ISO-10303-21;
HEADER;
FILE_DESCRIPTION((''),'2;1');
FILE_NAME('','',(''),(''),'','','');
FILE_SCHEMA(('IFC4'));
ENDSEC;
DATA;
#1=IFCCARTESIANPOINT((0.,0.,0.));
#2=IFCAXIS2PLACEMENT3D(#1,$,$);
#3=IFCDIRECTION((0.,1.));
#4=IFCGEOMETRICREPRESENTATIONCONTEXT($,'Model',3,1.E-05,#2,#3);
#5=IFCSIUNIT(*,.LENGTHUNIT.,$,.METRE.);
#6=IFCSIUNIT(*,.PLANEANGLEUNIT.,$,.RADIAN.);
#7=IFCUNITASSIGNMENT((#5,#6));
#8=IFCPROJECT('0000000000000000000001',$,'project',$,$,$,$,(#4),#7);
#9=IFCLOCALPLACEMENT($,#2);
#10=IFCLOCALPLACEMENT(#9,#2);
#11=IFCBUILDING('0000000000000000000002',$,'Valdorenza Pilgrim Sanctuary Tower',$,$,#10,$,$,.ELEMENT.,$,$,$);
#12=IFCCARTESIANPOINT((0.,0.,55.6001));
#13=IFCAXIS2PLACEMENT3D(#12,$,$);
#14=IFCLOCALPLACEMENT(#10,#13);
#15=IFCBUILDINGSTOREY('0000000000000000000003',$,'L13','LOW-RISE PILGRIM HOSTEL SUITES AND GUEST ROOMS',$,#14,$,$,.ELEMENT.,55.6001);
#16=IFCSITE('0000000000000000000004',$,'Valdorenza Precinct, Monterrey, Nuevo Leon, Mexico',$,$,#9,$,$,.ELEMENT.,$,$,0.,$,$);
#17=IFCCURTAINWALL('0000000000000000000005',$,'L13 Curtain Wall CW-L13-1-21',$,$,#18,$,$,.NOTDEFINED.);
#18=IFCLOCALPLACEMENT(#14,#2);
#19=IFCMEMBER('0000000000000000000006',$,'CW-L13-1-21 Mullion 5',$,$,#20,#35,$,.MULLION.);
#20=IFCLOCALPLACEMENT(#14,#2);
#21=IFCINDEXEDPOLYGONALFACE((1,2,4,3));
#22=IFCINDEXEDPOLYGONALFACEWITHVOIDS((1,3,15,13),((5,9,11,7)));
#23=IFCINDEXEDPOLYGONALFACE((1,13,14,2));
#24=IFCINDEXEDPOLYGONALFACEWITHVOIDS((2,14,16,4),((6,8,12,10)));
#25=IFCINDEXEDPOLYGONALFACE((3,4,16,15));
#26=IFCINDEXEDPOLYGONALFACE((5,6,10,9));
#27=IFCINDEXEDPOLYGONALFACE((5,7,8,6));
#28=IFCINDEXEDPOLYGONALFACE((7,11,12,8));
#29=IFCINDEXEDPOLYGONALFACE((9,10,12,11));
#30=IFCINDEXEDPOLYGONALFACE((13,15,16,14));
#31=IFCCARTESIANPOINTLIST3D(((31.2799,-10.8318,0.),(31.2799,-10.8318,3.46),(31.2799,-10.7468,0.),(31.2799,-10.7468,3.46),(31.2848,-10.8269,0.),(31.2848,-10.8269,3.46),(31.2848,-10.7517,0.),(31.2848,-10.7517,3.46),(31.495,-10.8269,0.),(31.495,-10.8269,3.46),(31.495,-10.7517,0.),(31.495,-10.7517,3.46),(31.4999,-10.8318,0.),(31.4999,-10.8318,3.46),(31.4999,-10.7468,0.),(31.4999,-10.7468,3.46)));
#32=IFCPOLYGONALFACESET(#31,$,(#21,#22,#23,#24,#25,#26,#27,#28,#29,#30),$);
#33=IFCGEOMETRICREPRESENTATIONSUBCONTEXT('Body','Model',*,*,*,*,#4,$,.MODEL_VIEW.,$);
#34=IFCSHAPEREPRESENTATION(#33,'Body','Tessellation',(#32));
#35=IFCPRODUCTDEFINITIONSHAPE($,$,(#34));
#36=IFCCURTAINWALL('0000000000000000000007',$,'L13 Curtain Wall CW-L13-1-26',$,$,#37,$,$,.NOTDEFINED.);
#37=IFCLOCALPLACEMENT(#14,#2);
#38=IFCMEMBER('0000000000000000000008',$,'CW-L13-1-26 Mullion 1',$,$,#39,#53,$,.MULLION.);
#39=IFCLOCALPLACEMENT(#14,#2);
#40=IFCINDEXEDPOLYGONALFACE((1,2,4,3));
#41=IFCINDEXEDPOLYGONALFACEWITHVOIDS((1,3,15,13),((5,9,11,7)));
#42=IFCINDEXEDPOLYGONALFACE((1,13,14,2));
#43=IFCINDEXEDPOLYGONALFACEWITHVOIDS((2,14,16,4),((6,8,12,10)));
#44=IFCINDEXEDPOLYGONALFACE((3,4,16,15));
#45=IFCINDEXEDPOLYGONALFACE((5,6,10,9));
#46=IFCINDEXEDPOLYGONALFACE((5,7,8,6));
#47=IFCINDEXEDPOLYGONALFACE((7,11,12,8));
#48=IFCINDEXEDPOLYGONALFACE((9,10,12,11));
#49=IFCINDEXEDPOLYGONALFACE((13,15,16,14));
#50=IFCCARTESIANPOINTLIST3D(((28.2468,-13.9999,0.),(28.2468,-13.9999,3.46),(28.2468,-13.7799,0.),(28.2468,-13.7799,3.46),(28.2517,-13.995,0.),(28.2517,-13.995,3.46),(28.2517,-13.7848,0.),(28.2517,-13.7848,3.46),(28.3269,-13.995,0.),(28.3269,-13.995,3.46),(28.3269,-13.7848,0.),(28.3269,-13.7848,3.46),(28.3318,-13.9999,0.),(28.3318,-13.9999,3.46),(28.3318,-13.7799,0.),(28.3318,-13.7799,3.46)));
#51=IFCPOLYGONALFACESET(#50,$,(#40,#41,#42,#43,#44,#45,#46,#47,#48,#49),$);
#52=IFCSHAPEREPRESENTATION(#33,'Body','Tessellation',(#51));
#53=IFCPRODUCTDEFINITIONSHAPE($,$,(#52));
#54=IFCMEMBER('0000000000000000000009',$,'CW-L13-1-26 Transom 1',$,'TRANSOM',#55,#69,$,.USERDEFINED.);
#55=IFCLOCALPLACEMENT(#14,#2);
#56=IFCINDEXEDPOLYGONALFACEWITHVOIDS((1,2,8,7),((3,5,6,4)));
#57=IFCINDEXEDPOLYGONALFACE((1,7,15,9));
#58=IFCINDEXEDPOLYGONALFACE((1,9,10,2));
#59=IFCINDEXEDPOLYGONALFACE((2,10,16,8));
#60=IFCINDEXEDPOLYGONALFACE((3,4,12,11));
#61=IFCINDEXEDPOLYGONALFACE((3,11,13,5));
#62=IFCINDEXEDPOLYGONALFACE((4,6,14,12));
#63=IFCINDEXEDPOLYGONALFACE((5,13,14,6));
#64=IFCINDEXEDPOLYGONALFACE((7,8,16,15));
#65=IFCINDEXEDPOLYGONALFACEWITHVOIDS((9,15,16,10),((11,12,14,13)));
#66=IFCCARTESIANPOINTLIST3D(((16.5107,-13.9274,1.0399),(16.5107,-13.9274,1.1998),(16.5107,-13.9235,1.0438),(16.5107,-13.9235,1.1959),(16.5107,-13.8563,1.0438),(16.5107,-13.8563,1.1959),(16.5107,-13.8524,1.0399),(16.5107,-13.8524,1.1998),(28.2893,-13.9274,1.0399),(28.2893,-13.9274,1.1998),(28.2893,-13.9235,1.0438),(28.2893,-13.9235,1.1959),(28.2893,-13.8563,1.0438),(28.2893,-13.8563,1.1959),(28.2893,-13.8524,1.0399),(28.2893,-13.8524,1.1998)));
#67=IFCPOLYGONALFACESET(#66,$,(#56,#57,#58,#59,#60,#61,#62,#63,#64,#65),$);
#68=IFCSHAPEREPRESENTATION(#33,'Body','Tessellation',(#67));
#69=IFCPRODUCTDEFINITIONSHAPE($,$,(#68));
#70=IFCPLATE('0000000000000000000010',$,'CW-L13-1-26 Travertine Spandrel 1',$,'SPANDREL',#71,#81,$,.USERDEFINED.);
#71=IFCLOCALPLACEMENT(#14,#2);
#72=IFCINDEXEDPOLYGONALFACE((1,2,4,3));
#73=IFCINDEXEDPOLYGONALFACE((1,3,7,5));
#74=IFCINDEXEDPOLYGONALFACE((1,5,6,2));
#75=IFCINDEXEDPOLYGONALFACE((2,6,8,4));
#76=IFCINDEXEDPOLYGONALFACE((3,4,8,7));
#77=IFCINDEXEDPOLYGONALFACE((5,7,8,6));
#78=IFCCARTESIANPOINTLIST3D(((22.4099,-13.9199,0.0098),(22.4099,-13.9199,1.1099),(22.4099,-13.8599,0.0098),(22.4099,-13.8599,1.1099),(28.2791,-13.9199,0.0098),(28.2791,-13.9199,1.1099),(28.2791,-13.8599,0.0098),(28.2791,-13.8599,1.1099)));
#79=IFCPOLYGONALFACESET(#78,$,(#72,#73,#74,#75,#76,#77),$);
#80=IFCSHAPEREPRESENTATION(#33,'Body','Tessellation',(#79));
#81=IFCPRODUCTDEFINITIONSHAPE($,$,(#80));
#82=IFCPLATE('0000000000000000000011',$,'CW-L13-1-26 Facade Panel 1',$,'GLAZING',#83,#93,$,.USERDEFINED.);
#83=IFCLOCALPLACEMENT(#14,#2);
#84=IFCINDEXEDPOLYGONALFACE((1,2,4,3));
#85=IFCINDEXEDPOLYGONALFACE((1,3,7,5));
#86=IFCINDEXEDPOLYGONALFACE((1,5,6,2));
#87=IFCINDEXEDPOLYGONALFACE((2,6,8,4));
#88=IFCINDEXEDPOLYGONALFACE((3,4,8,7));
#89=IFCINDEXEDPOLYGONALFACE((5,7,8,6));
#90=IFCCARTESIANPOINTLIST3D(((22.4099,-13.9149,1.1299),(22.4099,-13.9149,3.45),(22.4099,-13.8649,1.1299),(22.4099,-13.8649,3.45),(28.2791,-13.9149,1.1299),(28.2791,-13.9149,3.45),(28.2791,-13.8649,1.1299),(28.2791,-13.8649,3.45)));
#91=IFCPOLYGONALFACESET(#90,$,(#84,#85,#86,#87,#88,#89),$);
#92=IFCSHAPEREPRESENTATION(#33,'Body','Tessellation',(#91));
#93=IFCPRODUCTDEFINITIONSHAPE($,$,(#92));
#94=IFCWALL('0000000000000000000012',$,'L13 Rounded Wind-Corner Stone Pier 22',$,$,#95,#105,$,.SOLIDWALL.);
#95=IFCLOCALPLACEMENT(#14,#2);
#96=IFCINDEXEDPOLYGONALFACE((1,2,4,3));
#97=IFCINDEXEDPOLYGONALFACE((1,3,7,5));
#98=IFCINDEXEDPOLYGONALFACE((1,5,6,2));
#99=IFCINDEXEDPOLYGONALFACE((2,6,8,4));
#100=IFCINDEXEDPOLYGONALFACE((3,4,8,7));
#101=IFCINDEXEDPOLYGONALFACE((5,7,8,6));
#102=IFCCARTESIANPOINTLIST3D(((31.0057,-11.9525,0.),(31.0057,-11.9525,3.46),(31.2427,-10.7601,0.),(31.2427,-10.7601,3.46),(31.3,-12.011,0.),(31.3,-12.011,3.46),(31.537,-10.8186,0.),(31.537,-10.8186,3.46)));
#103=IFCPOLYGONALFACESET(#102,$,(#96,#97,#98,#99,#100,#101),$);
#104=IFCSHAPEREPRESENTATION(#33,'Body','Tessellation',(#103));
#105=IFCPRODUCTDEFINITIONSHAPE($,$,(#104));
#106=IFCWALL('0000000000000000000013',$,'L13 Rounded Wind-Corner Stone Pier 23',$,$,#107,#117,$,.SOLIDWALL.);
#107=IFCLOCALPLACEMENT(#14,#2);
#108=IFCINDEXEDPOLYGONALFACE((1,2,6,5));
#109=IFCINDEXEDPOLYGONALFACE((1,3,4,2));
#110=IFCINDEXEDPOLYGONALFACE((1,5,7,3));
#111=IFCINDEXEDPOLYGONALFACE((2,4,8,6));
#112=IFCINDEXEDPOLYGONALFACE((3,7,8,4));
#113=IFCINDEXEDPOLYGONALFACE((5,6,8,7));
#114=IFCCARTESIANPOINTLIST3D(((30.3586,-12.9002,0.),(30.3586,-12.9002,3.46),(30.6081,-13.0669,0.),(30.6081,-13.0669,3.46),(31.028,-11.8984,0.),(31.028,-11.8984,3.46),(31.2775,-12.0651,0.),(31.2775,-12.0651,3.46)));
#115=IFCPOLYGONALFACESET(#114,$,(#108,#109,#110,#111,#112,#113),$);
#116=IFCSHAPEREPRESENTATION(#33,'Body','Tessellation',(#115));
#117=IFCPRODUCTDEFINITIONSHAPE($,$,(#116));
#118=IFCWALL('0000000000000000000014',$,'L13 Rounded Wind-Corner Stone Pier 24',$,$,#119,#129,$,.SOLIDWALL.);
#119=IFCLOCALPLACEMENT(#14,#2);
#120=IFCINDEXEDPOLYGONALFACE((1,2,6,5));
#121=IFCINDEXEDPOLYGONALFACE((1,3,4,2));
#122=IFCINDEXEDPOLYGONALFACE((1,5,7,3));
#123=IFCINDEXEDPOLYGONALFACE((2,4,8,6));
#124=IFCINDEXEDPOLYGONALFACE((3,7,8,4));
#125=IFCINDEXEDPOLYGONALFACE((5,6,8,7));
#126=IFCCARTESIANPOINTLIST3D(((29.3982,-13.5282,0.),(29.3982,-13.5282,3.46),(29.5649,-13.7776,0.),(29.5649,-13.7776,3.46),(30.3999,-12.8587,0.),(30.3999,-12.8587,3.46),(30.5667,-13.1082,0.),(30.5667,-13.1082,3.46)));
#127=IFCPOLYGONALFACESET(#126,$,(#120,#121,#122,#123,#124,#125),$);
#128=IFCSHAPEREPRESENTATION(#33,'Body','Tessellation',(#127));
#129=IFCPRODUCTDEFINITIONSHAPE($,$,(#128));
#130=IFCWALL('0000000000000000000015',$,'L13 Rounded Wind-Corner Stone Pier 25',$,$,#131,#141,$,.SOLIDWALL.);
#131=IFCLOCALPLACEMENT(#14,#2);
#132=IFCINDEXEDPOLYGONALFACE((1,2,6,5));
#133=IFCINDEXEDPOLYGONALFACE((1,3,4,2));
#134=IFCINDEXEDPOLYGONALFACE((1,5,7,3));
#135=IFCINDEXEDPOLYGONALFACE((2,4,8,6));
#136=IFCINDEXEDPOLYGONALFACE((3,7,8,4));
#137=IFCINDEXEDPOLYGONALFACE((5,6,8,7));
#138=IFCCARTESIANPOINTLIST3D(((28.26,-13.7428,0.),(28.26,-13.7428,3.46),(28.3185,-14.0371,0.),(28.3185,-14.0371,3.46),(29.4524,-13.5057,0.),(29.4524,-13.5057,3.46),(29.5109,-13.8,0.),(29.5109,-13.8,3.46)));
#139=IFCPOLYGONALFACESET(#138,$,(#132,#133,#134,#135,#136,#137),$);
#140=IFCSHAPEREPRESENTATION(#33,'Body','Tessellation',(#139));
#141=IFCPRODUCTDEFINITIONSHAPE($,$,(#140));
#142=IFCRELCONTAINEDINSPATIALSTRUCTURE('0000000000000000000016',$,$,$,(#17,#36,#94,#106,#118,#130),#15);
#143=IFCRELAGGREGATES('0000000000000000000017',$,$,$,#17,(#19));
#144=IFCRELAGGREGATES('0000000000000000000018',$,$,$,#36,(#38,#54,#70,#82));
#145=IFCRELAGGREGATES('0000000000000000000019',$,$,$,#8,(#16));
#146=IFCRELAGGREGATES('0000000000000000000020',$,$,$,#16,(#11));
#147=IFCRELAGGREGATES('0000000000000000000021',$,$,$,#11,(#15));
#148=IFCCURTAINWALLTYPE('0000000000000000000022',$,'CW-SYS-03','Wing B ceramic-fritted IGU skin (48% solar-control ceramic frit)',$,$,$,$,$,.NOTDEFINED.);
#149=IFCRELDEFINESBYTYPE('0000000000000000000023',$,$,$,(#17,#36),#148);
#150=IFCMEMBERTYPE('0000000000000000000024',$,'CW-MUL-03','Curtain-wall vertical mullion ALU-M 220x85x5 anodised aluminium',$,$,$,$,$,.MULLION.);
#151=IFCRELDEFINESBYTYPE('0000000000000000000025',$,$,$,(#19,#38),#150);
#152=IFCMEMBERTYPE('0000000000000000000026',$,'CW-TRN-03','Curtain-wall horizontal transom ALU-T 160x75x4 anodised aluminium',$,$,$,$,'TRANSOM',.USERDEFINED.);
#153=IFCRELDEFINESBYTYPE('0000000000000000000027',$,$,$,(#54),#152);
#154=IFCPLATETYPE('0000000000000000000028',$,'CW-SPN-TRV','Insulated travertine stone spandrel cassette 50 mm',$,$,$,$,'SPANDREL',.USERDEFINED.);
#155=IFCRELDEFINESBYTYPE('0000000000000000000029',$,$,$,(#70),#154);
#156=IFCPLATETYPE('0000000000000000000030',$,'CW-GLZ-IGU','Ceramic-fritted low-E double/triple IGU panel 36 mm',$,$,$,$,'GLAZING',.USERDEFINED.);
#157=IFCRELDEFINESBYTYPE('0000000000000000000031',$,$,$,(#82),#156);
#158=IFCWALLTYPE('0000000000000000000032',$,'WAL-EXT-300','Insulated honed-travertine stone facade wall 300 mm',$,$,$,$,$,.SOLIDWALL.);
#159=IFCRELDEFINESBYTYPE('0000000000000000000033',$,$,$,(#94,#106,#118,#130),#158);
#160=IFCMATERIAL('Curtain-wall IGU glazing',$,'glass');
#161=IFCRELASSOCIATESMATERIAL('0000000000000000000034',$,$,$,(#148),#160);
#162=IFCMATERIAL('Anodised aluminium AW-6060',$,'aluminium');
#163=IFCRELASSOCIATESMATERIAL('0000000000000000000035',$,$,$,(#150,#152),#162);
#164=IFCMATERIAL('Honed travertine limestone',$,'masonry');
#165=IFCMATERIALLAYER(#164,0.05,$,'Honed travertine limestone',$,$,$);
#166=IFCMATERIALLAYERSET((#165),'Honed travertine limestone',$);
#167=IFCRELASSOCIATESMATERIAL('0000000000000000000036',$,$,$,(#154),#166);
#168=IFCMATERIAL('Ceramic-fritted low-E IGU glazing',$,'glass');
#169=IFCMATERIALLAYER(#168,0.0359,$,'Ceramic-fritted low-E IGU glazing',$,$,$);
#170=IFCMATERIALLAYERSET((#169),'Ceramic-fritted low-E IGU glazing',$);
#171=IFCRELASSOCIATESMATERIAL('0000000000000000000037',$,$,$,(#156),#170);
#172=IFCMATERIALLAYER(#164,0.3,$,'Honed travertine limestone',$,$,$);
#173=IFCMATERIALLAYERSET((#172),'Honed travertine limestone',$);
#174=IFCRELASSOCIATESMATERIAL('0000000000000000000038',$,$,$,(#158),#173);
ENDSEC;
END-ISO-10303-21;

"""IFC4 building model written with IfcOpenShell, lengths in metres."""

from ifc_helpers import new_model, si_unit, direction, frame, frame_2d, origin, origin_2d, place, context, subcontext, project, spatial, rectangle, hollow_rectangle, extrude, source, transform, mapped, material, layer, layer_set, material_profile, profile_set, type_object, element, aggregate, save


model = new_model("IFC4")

# Units and contexts
model_context = context("Model", 3, precision=1e-05, world=origin(), true_north=direction((0.0, 1.0)))
body_context = subcontext(model_context, "Body", "Model", "MODEL_VIEW")
ifc_project = project(units=[si_unit("LENGTHUNIT", "METRE"), si_unit("PLANEANGLEUNIT", "RADIAN")], contexts=[model_context])

# Site, building, storey
site_placement = place(None, origin())
site = spatial("IfcSite", under=ifc_project, at=site_placement, Name="Valdorenza Precinct, Monterrey, Nuevo Leon, Mexico", CompositionType="ELEMENT", RefElevation=0.0)
building_placement = place(site_placement, origin())
building = spatial("IfcBuilding", under=site, at=building_placement, Name="Valdorenza Pilgrim Sanctuary Tower", CompositionType="ELEMENT")
storey_placement = place(building_placement, frame((0.0, 0.0, 55.6001)))
storey = spatial("IfcBuildingStorey", under=building, at=storey_placement, Name="L13", Description="LOW-RISE PILGRIM HOSTEL SUITES AND GUEST ROOMS", CompositionType="ELEMENT", Elevation=55.6001)

# Curtain wall, member
ifc_material_1 = material(Name="Curtain-wall IGU glazing", Category="glass")
curtain_wall_type = type_object("IfcCurtainWallType", Name="CW-SYS-03", Description="Wing B ceramic-fritted IGU skin (48% solar-control ceramic frit)", PredefinedType="NOTDEFINED", material=ifc_material_1)
curtain_wall_1_placement = place(storey_placement, origin())
curtain_wall_1 = element("IfcCurtainWall", 1, at=curtain_wall_1_placement, inside=storey, type_object=curtain_wall_type, Name="L13 Curtain Wall CW-L13-1-21", PredefinedType="NOTDEFINED")
ifc_material_2 = material(Name="Anodised aluminium AW-6060", Category="aluminium")
ifc_material_profile_1 = material_profile(ifc_material_2, hollow_rectangle(XDim=0.085, YDim=0.22, WallThickness=0.0049, at=origin_2d()), Name="ALU-M 220x85x5")
ifc_profile_set_1 = profile_set([ifc_material_profile_1], Name="Anodised aluminium AW-6060")
member_type_1 = type_object("IfcMemberType", Name="CW-MUL-03", Description="Curtain-wall vertical mullion ALU-M 220x85x5 anodised aluminium", PredefinedType="MULLION", material=ifc_profile_set_1)
shared_shape_1 = source(origin(), body_context, "Body", "SweptSolid", [
    extrude(hollow_rectangle(XDim=0.085, YDim=0.22, WallThickness=0.0049, at=origin_2d()), origin(), (0.0, 0.0, 1.0), 3.46),
])
member_1_placement = place(storey_placement, frame((31.3899, -10.7893, 0.0), z_axis=(0.0, 0.0, 1.0), x_axis=(0.0, -1.0, 0.0)))
member_1 = element("IfcMember", 2, at=member_1_placement, type_object=member_type_1, Name="CW-L13-1-21 Mullion 5", PredefinedType="MULLION", context=body_context, shape_type="MappedRepresentation", body=[
    mapped(shared_shape_1, transform((0.0, 0.0, 0.0), x_axis=(1.0, 0.0, 0.0), y_axis=(0.0, 1.0, 0.0), z_axis=(0.0, 0.0, 1.0), scale=1.0)),
])
aggregate(curtain_wall_1, [member_1])

# Curtain wall, members, plates
curtain_wall_2_placement = place(storey_placement, origin())
curtain_wall_2 = element("IfcCurtainWall", 3, at=curtain_wall_2_placement, inside=storey, type_object=curtain_wall_type, Name="L13 Curtain Wall CW-L13-1-26", PredefinedType="NOTDEFINED")
member_2_placement = place(storey_placement, frame((28.2893, -13.8899, 0.0), z_axis=(0.0, 0.0, 1.0), x_axis=(-1.0, 0.0, 0.0)))
member_2 = element("IfcMember", 4, at=member_2_placement, type_object=member_type_1, Name="CW-L13-1-26 Mullion 1", PredefinedType="MULLION", context=body_context, shape_type="MappedRepresentation", body=[
    mapped(shared_shape_1, transform((0.0, 0.0, 0.0), x_axis=(1.0, 0.0, 0.0), y_axis=(0.0, 1.0, 0.0), z_axis=(0.0, 0.0, 1.0), scale=1.0)),
])
ifc_material_profile_2 = material_profile(ifc_material_2, hollow_rectangle(XDim=0.075, YDim=0.1599, WallThickness=0.0039, at=origin_2d()), Name="ALU-T 160x75x4")
ifc_profile_set_2 = profile_set([ifc_material_profile_2], Name="Anodised aluminium AW-6060")
member_type_2 = type_object("IfcMemberType", Name="CW-TRN-03", Description="Curtain-wall horizontal transom ALU-T 160x75x4 anodised aluminium", ElementType="TRANSOM", PredefinedType="USERDEFINED", material=ifc_profile_set_2)
shared_shape_2 = source(origin(), body_context, "Body", "SweptSolid", [
    extrude(hollow_rectangle(XDim=0.075, YDim=0.1599, WallThickness=0.0039, at=origin_2d()), origin(), (0.0, 0.0, 1.0), 11.7786),
])
member_3_placement = place(storey_placement, frame((28.2893, -13.8899, 1.1199), z_axis=(-1.0, 0.0, 0.0), x_axis=(0.0, -1.0, 0.0)))
member_3 = element("IfcMember", 5, at=member_3_placement, type_object=member_type_2, Name="CW-L13-1-26 Transom 1", ObjectType="TRANSOM", PredefinedType="USERDEFINED", context=body_context, shape_type="MappedRepresentation", body=[
    mapped(shared_shape_2, transform((0.0, 0.0, 0.0), x_axis=(1.0, 0.0, 0.0), y_axis=(0.0, 1.0, 0.0), z_axis=(0.0, 0.0, 1.0), scale=1.0)),
])
ifc_material_3 = material(Name="Honed travertine limestone", Category="masonry")
ifc_layer_1 = layer(ifc_material_3, 0.05, Name="Honed travertine limestone")
ifc_layer_set_1 = layer_set([ifc_layer_1], Name="Honed travertine limestone")
plate_type_1 = type_object("IfcPlateType", Name="CW-SPN-TRV", Description="Insulated travertine stone spandrel cassette 50 mm", ElementType="SPANDREL", PredefinedType="USERDEFINED", material=ifc_layer_set_1)
shared_shape_3 = source(origin(), body_context, "Body", "SweptSolid", [
    extrude(rectangle(XDim=5.8691, YDim=0.0601, at=origin_2d()), origin(), (0.0, 0.0, 1.0), 1.1001),
])
plate_1_placement = place(storey_placement, frame((25.3445, -13.8899, 0.0098), z_axis=(0.0, 0.0, 1.0), x_axis=(-1.0, 0.0, 0.0)))
plate_1 = element("IfcPlate", 6, at=plate_1_placement, type_object=plate_type_1, Name="CW-L13-1-26 Travertine Spandrel 1", ObjectType="SPANDREL", PredefinedType="USERDEFINED", context=body_context, shape_type="MappedRepresentation", body=[
    mapped(shared_shape_3, transform((0.0, 0.0, 0.0), x_axis=(1.0, 0.0, 0.0), y_axis=(0.0, 1.0, 0.0), z_axis=(0.0, 0.0, 1.0), scale=1.0)),
])
ifc_material_4 = material(Name="Ceramic-fritted low-E IGU glazing", Category="glass")
ifc_layer_2 = layer(ifc_material_4, 0.0359, Name="Ceramic-fritted low-E IGU glazing")
ifc_layer_set_2 = layer_set([ifc_layer_2], Name="Ceramic-fritted low-E IGU glazing")
plate_type_2 = type_object("IfcPlateType", Name="CW-GLZ-IGU", Description="Ceramic-fritted low-E double/triple IGU panel 36 mm", ElementType="GLAZING", PredefinedType="USERDEFINED", material=ifc_layer_set_2)
shared_shape_4 = source(origin(), body_context, "Body", "SweptSolid", [
    extrude(rectangle(XDim=5.8691, YDim=0.05, at=origin_2d()), origin(), (0.0, 0.0, 1.0), 2.3201),
])
plate_2_placement = place(storey_placement, frame((25.3445, -13.8899, 1.1299), z_axis=(0.0, 0.0, 1.0), x_axis=(-1.0, 0.0, 0.0)))
plate_2 = element("IfcPlate", 7, at=plate_2_placement, type_object=plate_type_2, Name="CW-L13-1-26 Facade Panel 1", ObjectType="GLAZING", PredefinedType="USERDEFINED", context=body_context, shape_type="MappedRepresentation", body=[
    mapped(shared_shape_4, transform((0.0, 0.0, 0.0), x_axis=(1.0, 0.0, 0.0), y_axis=(0.0, 1.0, 0.0), z_axis=(0.0, 0.0, 1.0), scale=1.0)),
])
aggregate(curtain_wall_2, [member_2, member_3, plate_1, plate_2])

# Walls
ifc_layer_3 = layer(ifc_material_3, 0.3, Name="Honed travertine limestone")
ifc_layer_set_3 = layer_set([ifc_layer_3], Name="Honed travertine limestone")
wall_type_1 = type_object("IfcWallType", Name="WAL-EXT-300", Description="Insulated honed-travertine stone facade wall 300 mm", PredefinedType="SOLIDWALL", material=ifc_layer_set_3)
wall_1_placement = place(storey_placement, frame((31.3899, -10.7893, 0.0), z_axis=(0.0, 0.0, 1.0), x_axis=(-0.194996, -0.980804, 0.0)))
element("IfcWall", 8, at=wall_1_placement, inside=storey, type_object=wall_type_1, Name="L13 Rounded Wind-Corner Stone Pier 22", PredefinedType="SOLIDWALL", context=body_context, shape_type="SweptSolid", body=[
    extrude(rectangle(XDim=1.2158, YDim=0.3, at=frame_2d((0.6079, 0.0))), origin(), (0.0, 0.0, 1.0), 3.46),
])
for number, where, z_axis, x_axis, name in (
    (9, (31.1528, -11.9817, 0.0), (0.0, 0.0, 1.0), (-0.555635, -0.831426, 0.0), "L13 Rounded Wind-Corner Stone Pier 23"),
    (10, (30.4834, -12.9834, 0.0), (0.0, 0.0, 1.0), (-0.831426, -0.555635, 0.0), "L13 Rounded Wind-Corner Stone Pier 24"),
):
    element("IfcWall", number, at=place(storey_placement, frame(where, z_axis=z_axis, x_axis=x_axis)), inside=storey, type_object=wall_type_1, Name=name, PredefinedType="SOLIDWALL", context=body_context, shape_type="SweptSolid", body=[
        extrude(rectangle(XDim=1.2048, YDim=0.3, at=frame_2d((0.6025, 0.0))), origin(), (0.0, 0.0, 1.0), 3.46),
    ])
wall_2_placement = place(storey_placement, frame((29.4817, -13.6528, 0.0), z_axis=(0.0, 0.0, 1.0), x_axis=(-0.980804, -0.194996, 0.0)))
element("IfcWall", 11, at=wall_2_placement, inside=storey, type_object=wall_type_1, Name="L13 Rounded Wind-Corner Stone Pier 25", PredefinedType="SOLIDWALL", context=body_context, shape_type="SweptSolid", body=[
    extrude(rectangle(XDim=1.2158, YDim=0.3, at=frame_2d((0.6079, 0.0))), origin(), (0.0, 0.0, 1.0), 3.46),
])

save(model, "model.ifc")
